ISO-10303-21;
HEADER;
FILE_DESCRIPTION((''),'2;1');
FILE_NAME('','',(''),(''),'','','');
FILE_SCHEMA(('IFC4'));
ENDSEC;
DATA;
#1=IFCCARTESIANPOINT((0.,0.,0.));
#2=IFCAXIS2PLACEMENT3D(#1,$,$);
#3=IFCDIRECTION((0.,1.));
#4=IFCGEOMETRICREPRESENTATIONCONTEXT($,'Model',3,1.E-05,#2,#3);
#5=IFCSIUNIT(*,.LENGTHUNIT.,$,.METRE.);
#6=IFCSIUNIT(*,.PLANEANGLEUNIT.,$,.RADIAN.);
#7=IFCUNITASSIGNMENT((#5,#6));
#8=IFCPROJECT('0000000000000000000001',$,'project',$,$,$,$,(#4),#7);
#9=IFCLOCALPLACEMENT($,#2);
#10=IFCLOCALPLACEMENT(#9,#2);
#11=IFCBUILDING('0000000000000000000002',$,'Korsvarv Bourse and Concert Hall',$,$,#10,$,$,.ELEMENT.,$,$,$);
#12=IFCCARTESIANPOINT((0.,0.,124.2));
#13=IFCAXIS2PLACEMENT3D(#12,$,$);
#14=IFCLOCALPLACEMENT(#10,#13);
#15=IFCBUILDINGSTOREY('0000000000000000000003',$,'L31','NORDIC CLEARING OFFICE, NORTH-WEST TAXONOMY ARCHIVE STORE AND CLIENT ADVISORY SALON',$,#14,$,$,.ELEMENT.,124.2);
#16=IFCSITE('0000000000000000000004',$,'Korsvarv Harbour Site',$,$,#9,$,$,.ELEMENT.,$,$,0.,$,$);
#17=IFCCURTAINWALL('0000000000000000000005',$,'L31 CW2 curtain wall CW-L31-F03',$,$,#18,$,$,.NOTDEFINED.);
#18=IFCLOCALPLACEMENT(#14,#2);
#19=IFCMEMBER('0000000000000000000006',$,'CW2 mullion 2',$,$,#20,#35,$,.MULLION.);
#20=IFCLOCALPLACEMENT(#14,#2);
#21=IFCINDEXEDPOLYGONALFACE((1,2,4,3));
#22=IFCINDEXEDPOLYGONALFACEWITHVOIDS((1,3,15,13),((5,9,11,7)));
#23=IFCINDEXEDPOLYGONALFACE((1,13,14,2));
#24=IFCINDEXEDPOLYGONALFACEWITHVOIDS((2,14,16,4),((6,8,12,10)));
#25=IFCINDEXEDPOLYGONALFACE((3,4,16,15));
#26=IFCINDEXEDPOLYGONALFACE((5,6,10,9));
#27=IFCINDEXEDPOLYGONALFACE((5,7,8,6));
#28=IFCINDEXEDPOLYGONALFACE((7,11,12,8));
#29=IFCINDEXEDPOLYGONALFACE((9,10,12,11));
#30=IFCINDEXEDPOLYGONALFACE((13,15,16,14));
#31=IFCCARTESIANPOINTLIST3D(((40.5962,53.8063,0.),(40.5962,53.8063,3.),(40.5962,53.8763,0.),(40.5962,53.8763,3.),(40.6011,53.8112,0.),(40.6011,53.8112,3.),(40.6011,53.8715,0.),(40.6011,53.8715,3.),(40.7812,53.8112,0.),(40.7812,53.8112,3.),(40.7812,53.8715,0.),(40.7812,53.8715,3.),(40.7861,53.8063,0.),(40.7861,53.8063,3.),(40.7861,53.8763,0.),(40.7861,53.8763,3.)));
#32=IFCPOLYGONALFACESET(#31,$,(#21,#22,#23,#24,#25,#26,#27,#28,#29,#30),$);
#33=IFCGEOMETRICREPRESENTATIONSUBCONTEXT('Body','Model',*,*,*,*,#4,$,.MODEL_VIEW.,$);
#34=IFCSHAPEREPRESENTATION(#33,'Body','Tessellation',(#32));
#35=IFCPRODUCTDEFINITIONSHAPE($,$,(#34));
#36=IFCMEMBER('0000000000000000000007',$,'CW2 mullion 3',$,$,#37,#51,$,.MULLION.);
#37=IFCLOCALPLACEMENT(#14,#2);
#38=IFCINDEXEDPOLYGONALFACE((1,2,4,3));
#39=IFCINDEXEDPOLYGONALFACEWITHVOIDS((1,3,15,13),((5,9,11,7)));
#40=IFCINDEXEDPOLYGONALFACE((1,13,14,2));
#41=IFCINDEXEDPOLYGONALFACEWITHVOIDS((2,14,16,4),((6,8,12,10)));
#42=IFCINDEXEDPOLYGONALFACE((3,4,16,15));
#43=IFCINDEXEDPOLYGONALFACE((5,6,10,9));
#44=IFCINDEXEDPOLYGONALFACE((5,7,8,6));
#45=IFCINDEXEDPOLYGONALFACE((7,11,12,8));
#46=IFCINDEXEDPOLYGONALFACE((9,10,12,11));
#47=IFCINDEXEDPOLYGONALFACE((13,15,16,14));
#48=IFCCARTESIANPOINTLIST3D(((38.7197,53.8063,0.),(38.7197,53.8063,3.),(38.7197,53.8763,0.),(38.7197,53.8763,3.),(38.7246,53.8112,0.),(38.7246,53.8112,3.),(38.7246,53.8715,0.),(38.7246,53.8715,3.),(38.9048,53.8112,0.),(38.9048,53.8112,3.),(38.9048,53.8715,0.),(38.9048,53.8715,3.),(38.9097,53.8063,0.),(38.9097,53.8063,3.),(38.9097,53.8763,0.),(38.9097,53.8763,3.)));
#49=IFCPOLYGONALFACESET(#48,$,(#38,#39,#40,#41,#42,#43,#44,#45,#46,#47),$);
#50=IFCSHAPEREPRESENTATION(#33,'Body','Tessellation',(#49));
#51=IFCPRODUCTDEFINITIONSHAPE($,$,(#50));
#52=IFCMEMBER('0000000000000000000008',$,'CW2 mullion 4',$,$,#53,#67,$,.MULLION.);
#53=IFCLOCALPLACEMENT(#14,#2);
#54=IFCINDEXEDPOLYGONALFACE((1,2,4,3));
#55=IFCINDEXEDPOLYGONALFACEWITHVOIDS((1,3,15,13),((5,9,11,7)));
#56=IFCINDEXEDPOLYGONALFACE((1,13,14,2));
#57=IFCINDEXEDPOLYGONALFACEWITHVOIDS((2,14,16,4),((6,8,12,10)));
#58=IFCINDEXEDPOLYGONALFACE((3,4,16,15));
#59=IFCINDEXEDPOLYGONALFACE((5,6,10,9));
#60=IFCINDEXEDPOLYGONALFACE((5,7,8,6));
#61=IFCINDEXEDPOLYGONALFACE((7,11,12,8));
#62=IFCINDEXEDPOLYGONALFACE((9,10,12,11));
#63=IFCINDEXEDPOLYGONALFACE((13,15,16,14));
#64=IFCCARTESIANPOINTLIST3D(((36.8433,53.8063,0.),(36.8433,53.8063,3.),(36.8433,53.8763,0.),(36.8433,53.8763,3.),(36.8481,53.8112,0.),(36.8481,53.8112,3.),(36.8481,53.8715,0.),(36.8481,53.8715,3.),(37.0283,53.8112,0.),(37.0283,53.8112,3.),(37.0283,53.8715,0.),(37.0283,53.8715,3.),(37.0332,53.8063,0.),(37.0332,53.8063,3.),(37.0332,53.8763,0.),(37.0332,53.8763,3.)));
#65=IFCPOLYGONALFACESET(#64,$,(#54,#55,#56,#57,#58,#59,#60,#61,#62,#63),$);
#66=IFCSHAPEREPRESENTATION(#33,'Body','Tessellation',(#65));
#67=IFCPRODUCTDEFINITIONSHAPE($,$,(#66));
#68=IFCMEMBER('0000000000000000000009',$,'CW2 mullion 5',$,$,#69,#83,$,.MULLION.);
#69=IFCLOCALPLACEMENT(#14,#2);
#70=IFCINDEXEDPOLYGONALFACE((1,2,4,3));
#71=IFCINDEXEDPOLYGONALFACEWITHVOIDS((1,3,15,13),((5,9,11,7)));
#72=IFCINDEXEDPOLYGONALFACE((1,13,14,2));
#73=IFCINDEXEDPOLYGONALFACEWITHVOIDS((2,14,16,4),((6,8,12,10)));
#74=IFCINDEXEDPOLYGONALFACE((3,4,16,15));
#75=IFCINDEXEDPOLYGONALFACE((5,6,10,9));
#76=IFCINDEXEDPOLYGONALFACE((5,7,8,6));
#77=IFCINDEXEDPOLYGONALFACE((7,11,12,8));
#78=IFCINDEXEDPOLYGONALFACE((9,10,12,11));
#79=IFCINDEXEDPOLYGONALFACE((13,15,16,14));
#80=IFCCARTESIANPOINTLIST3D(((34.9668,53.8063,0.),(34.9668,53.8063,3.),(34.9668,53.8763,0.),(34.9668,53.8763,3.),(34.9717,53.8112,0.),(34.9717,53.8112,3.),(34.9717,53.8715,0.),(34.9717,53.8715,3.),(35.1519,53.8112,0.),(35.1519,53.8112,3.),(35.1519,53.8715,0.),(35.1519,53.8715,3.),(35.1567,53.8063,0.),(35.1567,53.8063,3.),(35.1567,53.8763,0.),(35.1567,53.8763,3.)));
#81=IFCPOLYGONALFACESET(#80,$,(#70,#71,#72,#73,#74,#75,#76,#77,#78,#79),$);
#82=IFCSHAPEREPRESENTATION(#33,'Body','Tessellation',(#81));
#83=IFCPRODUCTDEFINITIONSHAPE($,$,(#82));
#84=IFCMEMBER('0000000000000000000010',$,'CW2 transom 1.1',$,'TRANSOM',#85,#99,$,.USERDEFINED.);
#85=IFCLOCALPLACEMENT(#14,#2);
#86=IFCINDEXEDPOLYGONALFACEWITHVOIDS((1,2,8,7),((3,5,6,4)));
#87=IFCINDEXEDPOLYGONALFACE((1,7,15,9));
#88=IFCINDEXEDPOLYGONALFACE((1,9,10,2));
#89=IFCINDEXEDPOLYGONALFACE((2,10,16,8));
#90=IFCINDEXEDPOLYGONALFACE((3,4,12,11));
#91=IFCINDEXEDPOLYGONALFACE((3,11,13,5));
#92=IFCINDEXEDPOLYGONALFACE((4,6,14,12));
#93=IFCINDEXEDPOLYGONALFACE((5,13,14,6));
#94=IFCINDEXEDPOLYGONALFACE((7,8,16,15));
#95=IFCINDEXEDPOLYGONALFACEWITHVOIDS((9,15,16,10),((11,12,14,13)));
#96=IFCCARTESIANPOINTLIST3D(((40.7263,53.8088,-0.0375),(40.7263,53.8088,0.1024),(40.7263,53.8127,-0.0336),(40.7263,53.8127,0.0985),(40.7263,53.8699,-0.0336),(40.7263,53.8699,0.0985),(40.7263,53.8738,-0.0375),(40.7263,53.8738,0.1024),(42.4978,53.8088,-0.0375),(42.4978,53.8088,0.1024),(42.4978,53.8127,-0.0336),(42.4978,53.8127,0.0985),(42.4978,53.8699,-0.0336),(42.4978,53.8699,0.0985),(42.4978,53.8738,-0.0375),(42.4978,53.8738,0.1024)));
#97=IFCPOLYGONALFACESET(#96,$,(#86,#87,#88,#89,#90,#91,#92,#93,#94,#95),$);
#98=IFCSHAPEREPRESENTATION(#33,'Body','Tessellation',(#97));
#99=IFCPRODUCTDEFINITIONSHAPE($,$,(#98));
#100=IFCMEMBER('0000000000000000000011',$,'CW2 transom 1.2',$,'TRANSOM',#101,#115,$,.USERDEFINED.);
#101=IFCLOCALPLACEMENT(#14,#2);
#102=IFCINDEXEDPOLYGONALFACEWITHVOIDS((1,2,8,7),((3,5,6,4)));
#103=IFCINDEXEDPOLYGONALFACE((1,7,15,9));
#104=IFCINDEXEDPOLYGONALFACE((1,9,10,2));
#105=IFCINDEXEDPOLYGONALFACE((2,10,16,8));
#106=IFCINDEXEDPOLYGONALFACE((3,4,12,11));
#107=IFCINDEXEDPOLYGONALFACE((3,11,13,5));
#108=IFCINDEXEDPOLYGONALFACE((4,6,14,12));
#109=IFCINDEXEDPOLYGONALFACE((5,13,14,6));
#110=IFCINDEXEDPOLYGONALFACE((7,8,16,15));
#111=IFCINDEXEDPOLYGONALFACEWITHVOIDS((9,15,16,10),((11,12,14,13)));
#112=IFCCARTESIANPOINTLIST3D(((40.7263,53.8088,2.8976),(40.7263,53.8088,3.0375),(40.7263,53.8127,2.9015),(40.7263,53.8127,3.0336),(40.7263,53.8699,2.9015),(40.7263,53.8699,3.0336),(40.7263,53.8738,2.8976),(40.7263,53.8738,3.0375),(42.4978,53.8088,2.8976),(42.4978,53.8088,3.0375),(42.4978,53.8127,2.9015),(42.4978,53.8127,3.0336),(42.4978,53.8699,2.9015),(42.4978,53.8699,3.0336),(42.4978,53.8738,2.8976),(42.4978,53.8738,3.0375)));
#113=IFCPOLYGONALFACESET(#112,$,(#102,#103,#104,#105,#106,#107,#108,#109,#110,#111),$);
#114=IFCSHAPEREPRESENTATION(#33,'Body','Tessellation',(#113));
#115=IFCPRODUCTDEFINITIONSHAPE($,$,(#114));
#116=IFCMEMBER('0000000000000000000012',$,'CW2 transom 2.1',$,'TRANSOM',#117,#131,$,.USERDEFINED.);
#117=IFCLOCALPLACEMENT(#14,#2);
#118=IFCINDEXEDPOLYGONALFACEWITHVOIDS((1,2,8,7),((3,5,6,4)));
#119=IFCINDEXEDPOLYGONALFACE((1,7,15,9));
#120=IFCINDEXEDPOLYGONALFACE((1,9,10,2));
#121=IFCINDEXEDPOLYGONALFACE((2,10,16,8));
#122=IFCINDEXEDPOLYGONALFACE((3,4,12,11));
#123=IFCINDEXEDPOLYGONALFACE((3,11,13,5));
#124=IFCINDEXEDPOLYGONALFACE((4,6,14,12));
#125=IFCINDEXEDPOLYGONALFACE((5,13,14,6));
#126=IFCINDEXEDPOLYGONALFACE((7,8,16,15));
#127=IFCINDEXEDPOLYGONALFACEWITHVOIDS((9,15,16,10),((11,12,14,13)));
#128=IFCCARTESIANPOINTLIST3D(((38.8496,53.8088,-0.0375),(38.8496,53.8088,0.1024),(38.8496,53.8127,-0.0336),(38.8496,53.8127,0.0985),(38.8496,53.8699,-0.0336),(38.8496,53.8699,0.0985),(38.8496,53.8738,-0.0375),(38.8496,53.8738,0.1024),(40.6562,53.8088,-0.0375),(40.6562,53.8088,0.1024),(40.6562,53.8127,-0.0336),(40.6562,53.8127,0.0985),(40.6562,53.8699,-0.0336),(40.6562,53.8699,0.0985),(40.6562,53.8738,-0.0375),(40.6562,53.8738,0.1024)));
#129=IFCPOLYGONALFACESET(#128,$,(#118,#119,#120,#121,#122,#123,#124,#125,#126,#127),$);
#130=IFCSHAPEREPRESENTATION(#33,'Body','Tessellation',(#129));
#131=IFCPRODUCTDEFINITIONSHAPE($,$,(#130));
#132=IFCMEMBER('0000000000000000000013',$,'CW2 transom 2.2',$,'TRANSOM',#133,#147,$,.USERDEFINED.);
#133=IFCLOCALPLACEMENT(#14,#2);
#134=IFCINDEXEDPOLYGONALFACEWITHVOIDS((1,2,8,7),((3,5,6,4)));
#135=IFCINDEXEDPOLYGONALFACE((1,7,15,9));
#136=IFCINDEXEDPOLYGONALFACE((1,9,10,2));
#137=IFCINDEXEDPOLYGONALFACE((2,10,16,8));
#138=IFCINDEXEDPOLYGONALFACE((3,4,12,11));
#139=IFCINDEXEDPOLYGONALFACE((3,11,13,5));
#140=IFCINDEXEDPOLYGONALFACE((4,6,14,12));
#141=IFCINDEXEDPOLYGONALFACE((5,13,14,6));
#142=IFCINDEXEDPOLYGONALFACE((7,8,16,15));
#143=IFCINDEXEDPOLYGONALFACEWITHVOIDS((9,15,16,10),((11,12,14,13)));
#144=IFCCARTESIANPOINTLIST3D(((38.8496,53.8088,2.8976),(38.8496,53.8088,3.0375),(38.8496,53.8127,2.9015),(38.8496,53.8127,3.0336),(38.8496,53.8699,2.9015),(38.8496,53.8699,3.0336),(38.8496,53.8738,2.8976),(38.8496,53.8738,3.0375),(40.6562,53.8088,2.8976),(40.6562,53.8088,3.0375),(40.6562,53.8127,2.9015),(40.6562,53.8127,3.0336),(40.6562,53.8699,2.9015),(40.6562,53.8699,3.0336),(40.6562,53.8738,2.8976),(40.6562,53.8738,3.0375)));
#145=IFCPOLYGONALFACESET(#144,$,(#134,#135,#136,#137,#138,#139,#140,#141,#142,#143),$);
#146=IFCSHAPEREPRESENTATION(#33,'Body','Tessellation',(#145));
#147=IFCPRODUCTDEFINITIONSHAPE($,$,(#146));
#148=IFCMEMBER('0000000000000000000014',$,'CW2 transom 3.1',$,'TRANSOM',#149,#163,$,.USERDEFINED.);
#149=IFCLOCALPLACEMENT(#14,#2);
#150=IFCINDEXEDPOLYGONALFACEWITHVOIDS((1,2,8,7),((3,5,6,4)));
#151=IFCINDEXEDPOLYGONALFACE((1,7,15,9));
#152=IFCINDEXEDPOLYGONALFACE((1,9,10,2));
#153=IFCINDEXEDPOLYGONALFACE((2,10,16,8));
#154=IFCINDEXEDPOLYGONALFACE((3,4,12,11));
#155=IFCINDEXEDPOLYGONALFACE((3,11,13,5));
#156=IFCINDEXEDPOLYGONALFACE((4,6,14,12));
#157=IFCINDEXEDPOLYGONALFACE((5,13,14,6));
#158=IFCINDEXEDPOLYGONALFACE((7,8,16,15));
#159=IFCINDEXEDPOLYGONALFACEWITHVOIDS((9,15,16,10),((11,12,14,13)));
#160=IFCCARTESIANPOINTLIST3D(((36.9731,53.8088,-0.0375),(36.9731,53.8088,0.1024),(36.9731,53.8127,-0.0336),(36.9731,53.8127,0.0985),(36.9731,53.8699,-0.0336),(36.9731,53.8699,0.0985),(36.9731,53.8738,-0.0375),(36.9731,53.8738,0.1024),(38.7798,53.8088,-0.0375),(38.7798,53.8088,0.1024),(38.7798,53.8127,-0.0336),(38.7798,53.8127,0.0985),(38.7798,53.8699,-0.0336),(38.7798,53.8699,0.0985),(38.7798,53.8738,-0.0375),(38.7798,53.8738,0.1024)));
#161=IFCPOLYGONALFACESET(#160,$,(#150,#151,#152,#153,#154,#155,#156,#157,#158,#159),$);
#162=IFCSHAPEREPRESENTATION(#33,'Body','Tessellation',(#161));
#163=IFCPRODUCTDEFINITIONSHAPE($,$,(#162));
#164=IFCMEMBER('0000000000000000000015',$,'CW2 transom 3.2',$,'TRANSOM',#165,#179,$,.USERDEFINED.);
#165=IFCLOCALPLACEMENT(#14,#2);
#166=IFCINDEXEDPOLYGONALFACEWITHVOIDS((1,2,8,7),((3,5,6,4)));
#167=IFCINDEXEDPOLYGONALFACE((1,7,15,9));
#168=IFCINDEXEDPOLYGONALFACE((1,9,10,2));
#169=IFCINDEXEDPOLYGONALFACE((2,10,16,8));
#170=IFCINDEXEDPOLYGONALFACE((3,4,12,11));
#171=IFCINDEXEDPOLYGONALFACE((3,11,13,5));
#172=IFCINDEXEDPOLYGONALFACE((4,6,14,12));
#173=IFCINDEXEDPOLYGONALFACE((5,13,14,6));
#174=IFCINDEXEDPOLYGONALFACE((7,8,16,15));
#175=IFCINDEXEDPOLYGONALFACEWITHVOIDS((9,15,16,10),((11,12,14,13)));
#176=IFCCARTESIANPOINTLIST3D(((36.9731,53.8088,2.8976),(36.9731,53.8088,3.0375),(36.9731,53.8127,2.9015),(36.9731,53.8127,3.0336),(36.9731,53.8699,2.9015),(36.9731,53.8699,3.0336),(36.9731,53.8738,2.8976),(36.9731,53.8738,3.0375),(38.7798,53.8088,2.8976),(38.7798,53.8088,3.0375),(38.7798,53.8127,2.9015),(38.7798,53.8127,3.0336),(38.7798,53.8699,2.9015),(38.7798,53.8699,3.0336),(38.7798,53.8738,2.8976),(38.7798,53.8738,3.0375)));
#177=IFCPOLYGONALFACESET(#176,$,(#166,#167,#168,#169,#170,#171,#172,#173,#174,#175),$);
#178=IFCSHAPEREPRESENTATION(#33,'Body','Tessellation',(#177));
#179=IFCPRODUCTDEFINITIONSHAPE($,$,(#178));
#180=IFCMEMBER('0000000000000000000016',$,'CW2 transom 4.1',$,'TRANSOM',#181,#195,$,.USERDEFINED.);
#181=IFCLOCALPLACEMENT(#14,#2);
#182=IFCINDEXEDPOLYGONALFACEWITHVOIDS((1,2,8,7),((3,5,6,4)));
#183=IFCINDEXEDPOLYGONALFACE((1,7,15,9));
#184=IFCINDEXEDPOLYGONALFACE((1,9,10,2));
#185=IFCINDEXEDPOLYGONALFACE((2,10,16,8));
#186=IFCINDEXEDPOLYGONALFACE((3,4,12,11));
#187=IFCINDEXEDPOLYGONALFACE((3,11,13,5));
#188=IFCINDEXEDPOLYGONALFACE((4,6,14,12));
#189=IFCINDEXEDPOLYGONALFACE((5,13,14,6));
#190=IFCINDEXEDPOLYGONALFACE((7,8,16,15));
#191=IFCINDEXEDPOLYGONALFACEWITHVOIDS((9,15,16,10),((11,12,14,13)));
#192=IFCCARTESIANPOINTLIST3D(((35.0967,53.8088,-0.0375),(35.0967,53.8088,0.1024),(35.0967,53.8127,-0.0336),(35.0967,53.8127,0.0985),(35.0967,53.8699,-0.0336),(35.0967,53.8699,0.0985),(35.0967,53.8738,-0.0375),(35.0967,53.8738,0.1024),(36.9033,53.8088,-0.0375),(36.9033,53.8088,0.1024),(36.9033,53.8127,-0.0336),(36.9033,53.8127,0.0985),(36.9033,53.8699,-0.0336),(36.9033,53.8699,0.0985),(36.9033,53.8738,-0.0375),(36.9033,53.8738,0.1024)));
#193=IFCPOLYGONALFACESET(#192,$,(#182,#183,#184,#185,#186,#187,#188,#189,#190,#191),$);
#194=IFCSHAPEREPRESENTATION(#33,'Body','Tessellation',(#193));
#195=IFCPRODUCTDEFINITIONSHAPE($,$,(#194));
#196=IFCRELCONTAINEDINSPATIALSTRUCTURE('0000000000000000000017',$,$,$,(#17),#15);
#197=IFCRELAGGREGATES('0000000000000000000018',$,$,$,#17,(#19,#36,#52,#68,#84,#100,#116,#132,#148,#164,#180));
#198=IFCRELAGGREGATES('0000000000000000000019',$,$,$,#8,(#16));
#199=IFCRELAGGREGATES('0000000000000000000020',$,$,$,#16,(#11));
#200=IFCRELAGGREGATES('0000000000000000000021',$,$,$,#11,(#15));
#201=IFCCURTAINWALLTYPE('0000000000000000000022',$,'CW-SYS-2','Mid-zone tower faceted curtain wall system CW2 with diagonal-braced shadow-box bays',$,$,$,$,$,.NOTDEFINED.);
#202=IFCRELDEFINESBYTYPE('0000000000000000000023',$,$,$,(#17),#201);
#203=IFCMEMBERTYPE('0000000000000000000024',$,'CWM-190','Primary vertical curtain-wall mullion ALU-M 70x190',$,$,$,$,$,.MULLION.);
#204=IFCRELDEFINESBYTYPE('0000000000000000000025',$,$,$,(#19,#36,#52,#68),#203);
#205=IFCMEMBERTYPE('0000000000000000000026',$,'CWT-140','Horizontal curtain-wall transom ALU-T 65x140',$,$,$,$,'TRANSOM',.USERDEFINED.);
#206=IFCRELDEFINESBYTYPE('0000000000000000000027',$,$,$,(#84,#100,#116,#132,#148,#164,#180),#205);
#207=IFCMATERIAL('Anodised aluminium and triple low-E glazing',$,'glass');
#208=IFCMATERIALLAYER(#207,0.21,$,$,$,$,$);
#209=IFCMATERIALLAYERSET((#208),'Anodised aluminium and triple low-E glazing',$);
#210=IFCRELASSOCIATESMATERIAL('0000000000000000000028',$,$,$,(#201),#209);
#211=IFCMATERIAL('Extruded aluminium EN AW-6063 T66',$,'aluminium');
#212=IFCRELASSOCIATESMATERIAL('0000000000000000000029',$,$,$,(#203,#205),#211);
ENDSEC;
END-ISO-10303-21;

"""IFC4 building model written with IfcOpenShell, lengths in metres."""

from ifc_helpers import new_model, si_unit, direction, frame, origin, origin_2d, place, context, subcontext, project, spatial, hollow_rectangle, extrude, source, transform, mapped, material, layer, layer_set, material_profile, profile_set, type_object, element, aggregate, save


model = new_model("IFC4")

# Units and contexts
model_context = context("Model", 3, precision=1e-05, world=origin(), true_north=direction((0.0, 1.0)))
body_context = subcontext(model_context, "Body", "Model", "MODEL_VIEW")
ifc_project = project(units=[si_unit("LENGTHUNIT", "METRE"), si_unit("PLANEANGLEUNIT", "RADIAN")], contexts=[model_context])

# Site, building, storey
site_placement = place(None, origin())
site = spatial("IfcSite", under=ifc_project, at=site_placement, Name="Korsvarv Harbour Site", CompositionType="ELEMENT", RefElevation=0.0)
building_placement = place(site_placement, origin())
building = spatial("IfcBuilding", under=site, at=building_placement, Name="Korsvarv Bourse and Concert Hall", CompositionType="ELEMENT")
storey_placement = place(building_placement, frame((0.0, 0.0, 124.2)))
storey = spatial("IfcBuildingStorey", under=building, at=storey_placement, Name="L31", Description="NORDIC CLEARING OFFICE, NORTH-WEST TAXONOMY ARCHIVE STORE AND CLIENT ADVISORY SALON", CompositionType="ELEMENT", Elevation=124.2)

# Curtain wall, members
ifc_material_1 = material(Name="Anodised aluminium and triple low-E glazing", Category="glass")
ifc_layer_1 = layer(ifc_material_1, 0.21)
ifc_layer_set_1 = layer_set([ifc_layer_1], Name="Anodised aluminium and triple low-E glazing")
curtain_wall_type = type_object("IfcCurtainWallType", Name="CW-SYS-2", Description="Mid-zone tower faceted curtain wall system CW2 with diagonal-braced shadow-box bays", PredefinedType="NOTDEFINED", material=ifc_layer_set_1)
curtain_wall_placement = place(storey_placement, origin())
curtain_wall = element("IfcCurtainWall", 1, at=curtain_wall_placement, inside=storey, type_object=curtain_wall_type, Name="L31 CW2 curtain wall CW-L31-F03", PredefinedType="NOTDEFINED")
ifc_material_2 = material(Name="Extruded aluminium EN AW-6063 T66", Category="aluminium")
ifc_material_profile_1 = material_profile(ifc_material_2, hollow_rectangle(XDim=0.0701, YDim=0.1899, WallThickness=0.0049, at=origin_2d()), Name="ALU-M 70x190")
ifc_profile_set_1 = profile_set([ifc_material_profile_1], Name="Extruded aluminium EN AW-6063 T66")
member_type_1 = type_object("IfcMemberType", Name="CWM-190", Description="Primary vertical curtain-wall mullion ALU-M 70x190", PredefinedType="MULLION", material=ifc_profile_set_1)
shared_shape_1 = source(origin(), body_context, "Body", "SweptSolid", [
    extrude(hollow_rectangle(XDim=0.0701, YDim=0.1899, WallThickness=0.0049, at=origin_2d()), origin(), (0.0, 0.0, 1.0), 3.0),
])
member_1_placement = place(storey_placement, frame((40.6912, 53.8413, 0.0), z_axis=(0.0, 0.0, 1.0), x_axis=(0.0, -1.0, 0.0)))
member_1 = element("IfcMember", 2, at=member_1_placement, type_object=member_type_1, Name="CW2 mullion 2", PredefinedType="MULLION", context=body_context, shape_type="MappedRepresentation", body=[
    mapped(shared_shape_1, transform((0.0, 0.0, 0.0), scale=1.0)),
])
member_2_placement = place(storey_placement, frame((38.8147, 53.8413, 0.0), z_axis=(0.0, 0.0, 1.0), x_axis=(0.0, -1.0, 0.0)))
member_2 = element("IfcMember", 3, at=member_2_placement, type_object=member_type_1, Name="CW2 mullion 3", PredefinedType="MULLION", context=body_context, shape_type="MappedRepresentation", body=[
    mapped(shared_shape_1, transform((0.0, 0.0, 0.0), scale=1.0)),
])
member_3_placement = place(storey_placement, frame((36.9382, 53.8413, 0.0), z_axis=(0.0, 0.0, 1.0), x_axis=(0.0, -1.0, 0.0)))
member_3 = element("IfcMember", 4, at=member_3_placement, type_object=member_type_1, Name="CW2 mullion 4", PredefinedType="MULLION", context=body_context, shape_type="MappedRepresentation", body=[
    mapped(shared_shape_1, transform((0.0, 0.0, 0.0), scale=1.0)),
])
member_4_placement = place(storey_placement, frame((35.0618, 53.8413, 0.0), z_axis=(0.0, 0.0, 1.0), x_axis=(0.0, -1.0, 0.0)))
member_4 = element("IfcMember", 5, at=member_4_placement, type_object=member_type_1, Name="CW2 mullion 5", PredefinedType="MULLION", context=body_context, shape_type="MappedRepresentation", body=[
    mapped(shared_shape_1, transform((0.0, 0.0, 0.0), scale=1.0)),
])
ifc_material_profile_2 = material_profile(ifc_material_2, hollow_rectangle(XDim=0.0649, YDim=0.1399, WallThickness=0.0039, at=origin_2d()), Name="ALU-T 65x140")
ifc_profile_set_2 = profile_set([ifc_material_profile_2], Name="Extruded aluminium EN AW-6063 T66")
member_type_2 = type_object("IfcMemberType", Name="CWT-140", Description="Horizontal curtain-wall transom ALU-T 65x140", ElementType="TRANSOM", PredefinedType="USERDEFINED", material=ifc_profile_set_2)
shared_shape_2 = source(origin(), body_context, "Body", "SweptSolid", [
    extrude(hollow_rectangle(XDim=0.0649, YDim=0.1399, WallThickness=0.0039, at=origin_2d()), origin(), (0.0, 0.0, 1.0), 1.7715),
])
member_5_placement = place(storey_placement, frame((42.4978, 53.8413, 0.0325), z_axis=(-1.0, 0.0, 0.0), x_axis=(0.0, -1.0, 0.0)))
member_5 = element("IfcMember", 6, at=member_5_placement, type_object=member_type_2, Name="CW2 transom 1.1", ObjectType="TRANSOM", PredefinedType="USERDEFINED", context=body_context, shape_type="MappedRepresentation", body=[
    mapped(shared_shape_2, transform((0.0, 0.0, 0.0), scale=1.0)),
])
member_6_placement = place(storey_placement, frame((42.4978, 53.8413, 2.9675), z_axis=(-1.0, 0.0, 0.0), x_axis=(0.0, -1.0, 0.0)))
member_6 = element("IfcMember", 7, at=member_6_placement, type_object=member_type_2, Name="CW2 transom 1.2", ObjectType="TRANSOM", PredefinedType="USERDEFINED", context=body_context, shape_type="MappedRepresentation", body=[
    mapped(shared_shape_2, transform((0.0, 0.0, 0.0), scale=1.0)),
])
shared_shape_3 = source(origin(), body_context, "Body", "SweptSolid", [
    extrude(hollow_rectangle(XDim=0.0649, YDim=0.1399, WallThickness=0.0039, at=origin_2d()), origin(), (0.0, 0.0, 1.0), 1.8066),
])
member_7_placement = place(storey_placement, frame((40.6562, 53.8413, 0.0325), z_axis=(-1.0, 0.0, 0.0), x_axis=(0.0, -1.0, 0.0)))
member_7 = element("IfcMember", 8, at=member_7_placement, type_object=member_type_2, Name="CW2 transom 2.1", ObjectType="TRANSOM", PredefinedType="USERDEFINED", context=body_context, shape_type="MappedRepresentation", body=[
    mapped(shared_shape_3, transform((0.0, 0.0, 0.0), scale=1.0)),
])
member_8_placement = place(storey_placement, frame((40.6562, 53.8413, 2.9675), z_axis=(-1.0, 0.0, 0.0), x_axis=(0.0, -1.0, 0.0)))
member_8 = element("IfcMember", 9, at=member_8_placement, type_object=member_type_2, Name="CW2 transom 2.2", ObjectType="TRANSOM", PredefinedType="USERDEFINED", context=body_context, shape_type="MappedRepresentation", body=[
    mapped(shared_shape_3, transform((0.0, 0.0, 0.0), scale=1.0)),
])
member_9_placement = place(storey_placement, frame((38.7798, 53.8413, 0.0325), z_axis=(-1.0, 0.0, 0.0), x_axis=(0.0, -1.0, 0.0)))
member_9 = element("IfcMember", 10, at=member_9_placement, type_object=member_type_2, Name="CW2 transom 3.1", ObjectType="TRANSOM", PredefinedType="USERDEFINED", context=body_context, shape_type="MappedRepresentation", body=[
    mapped(shared_shape_3, transform((0.0, 0.0, 0.0), scale=1.0)),
])
member_10_placement = place(storey_placement, frame((38.7798, 53.8413, 2.9675), z_axis=(-1.0, 0.0, 0.0), x_axis=(0.0, -1.0, 0.0)))
member_10 = element("IfcMember", 11, at=member_10_placement, type_object=member_type_2, Name="CW2 transom 3.2", ObjectType="TRANSOM", PredefinedType="USERDEFINED", context=body_context, shape_type="MappedRepresentation", body=[
    mapped(shared_shape_3, transform((0.0, 0.0, 0.0), scale=1.0)),
])
member_11_placement = place(storey_placement, frame((36.9033, 53.8413, 0.0325), z_axis=(-1.0, 0.0, 0.0), x_axis=(0.0, -1.0, 0.0)))
member_11 = element("IfcMember", 12, at=member_11_placement, type_object=member_type_2, Name="CW2 transom 4.1", ObjectType="TRANSOM", PredefinedType="USERDEFINED", context=body_context, shape_type="MappedRepresentation", body=[
    mapped(shared_shape_3, transform((0.0, 0.0, 0.0), scale=1.0)),
])
aggregate(curtain_wall, [member_1, member_2, member_3, member_4, member_5, member_6, member_7, member_8, member_9, member_10, member_11])

save(model, "model.ifc")
